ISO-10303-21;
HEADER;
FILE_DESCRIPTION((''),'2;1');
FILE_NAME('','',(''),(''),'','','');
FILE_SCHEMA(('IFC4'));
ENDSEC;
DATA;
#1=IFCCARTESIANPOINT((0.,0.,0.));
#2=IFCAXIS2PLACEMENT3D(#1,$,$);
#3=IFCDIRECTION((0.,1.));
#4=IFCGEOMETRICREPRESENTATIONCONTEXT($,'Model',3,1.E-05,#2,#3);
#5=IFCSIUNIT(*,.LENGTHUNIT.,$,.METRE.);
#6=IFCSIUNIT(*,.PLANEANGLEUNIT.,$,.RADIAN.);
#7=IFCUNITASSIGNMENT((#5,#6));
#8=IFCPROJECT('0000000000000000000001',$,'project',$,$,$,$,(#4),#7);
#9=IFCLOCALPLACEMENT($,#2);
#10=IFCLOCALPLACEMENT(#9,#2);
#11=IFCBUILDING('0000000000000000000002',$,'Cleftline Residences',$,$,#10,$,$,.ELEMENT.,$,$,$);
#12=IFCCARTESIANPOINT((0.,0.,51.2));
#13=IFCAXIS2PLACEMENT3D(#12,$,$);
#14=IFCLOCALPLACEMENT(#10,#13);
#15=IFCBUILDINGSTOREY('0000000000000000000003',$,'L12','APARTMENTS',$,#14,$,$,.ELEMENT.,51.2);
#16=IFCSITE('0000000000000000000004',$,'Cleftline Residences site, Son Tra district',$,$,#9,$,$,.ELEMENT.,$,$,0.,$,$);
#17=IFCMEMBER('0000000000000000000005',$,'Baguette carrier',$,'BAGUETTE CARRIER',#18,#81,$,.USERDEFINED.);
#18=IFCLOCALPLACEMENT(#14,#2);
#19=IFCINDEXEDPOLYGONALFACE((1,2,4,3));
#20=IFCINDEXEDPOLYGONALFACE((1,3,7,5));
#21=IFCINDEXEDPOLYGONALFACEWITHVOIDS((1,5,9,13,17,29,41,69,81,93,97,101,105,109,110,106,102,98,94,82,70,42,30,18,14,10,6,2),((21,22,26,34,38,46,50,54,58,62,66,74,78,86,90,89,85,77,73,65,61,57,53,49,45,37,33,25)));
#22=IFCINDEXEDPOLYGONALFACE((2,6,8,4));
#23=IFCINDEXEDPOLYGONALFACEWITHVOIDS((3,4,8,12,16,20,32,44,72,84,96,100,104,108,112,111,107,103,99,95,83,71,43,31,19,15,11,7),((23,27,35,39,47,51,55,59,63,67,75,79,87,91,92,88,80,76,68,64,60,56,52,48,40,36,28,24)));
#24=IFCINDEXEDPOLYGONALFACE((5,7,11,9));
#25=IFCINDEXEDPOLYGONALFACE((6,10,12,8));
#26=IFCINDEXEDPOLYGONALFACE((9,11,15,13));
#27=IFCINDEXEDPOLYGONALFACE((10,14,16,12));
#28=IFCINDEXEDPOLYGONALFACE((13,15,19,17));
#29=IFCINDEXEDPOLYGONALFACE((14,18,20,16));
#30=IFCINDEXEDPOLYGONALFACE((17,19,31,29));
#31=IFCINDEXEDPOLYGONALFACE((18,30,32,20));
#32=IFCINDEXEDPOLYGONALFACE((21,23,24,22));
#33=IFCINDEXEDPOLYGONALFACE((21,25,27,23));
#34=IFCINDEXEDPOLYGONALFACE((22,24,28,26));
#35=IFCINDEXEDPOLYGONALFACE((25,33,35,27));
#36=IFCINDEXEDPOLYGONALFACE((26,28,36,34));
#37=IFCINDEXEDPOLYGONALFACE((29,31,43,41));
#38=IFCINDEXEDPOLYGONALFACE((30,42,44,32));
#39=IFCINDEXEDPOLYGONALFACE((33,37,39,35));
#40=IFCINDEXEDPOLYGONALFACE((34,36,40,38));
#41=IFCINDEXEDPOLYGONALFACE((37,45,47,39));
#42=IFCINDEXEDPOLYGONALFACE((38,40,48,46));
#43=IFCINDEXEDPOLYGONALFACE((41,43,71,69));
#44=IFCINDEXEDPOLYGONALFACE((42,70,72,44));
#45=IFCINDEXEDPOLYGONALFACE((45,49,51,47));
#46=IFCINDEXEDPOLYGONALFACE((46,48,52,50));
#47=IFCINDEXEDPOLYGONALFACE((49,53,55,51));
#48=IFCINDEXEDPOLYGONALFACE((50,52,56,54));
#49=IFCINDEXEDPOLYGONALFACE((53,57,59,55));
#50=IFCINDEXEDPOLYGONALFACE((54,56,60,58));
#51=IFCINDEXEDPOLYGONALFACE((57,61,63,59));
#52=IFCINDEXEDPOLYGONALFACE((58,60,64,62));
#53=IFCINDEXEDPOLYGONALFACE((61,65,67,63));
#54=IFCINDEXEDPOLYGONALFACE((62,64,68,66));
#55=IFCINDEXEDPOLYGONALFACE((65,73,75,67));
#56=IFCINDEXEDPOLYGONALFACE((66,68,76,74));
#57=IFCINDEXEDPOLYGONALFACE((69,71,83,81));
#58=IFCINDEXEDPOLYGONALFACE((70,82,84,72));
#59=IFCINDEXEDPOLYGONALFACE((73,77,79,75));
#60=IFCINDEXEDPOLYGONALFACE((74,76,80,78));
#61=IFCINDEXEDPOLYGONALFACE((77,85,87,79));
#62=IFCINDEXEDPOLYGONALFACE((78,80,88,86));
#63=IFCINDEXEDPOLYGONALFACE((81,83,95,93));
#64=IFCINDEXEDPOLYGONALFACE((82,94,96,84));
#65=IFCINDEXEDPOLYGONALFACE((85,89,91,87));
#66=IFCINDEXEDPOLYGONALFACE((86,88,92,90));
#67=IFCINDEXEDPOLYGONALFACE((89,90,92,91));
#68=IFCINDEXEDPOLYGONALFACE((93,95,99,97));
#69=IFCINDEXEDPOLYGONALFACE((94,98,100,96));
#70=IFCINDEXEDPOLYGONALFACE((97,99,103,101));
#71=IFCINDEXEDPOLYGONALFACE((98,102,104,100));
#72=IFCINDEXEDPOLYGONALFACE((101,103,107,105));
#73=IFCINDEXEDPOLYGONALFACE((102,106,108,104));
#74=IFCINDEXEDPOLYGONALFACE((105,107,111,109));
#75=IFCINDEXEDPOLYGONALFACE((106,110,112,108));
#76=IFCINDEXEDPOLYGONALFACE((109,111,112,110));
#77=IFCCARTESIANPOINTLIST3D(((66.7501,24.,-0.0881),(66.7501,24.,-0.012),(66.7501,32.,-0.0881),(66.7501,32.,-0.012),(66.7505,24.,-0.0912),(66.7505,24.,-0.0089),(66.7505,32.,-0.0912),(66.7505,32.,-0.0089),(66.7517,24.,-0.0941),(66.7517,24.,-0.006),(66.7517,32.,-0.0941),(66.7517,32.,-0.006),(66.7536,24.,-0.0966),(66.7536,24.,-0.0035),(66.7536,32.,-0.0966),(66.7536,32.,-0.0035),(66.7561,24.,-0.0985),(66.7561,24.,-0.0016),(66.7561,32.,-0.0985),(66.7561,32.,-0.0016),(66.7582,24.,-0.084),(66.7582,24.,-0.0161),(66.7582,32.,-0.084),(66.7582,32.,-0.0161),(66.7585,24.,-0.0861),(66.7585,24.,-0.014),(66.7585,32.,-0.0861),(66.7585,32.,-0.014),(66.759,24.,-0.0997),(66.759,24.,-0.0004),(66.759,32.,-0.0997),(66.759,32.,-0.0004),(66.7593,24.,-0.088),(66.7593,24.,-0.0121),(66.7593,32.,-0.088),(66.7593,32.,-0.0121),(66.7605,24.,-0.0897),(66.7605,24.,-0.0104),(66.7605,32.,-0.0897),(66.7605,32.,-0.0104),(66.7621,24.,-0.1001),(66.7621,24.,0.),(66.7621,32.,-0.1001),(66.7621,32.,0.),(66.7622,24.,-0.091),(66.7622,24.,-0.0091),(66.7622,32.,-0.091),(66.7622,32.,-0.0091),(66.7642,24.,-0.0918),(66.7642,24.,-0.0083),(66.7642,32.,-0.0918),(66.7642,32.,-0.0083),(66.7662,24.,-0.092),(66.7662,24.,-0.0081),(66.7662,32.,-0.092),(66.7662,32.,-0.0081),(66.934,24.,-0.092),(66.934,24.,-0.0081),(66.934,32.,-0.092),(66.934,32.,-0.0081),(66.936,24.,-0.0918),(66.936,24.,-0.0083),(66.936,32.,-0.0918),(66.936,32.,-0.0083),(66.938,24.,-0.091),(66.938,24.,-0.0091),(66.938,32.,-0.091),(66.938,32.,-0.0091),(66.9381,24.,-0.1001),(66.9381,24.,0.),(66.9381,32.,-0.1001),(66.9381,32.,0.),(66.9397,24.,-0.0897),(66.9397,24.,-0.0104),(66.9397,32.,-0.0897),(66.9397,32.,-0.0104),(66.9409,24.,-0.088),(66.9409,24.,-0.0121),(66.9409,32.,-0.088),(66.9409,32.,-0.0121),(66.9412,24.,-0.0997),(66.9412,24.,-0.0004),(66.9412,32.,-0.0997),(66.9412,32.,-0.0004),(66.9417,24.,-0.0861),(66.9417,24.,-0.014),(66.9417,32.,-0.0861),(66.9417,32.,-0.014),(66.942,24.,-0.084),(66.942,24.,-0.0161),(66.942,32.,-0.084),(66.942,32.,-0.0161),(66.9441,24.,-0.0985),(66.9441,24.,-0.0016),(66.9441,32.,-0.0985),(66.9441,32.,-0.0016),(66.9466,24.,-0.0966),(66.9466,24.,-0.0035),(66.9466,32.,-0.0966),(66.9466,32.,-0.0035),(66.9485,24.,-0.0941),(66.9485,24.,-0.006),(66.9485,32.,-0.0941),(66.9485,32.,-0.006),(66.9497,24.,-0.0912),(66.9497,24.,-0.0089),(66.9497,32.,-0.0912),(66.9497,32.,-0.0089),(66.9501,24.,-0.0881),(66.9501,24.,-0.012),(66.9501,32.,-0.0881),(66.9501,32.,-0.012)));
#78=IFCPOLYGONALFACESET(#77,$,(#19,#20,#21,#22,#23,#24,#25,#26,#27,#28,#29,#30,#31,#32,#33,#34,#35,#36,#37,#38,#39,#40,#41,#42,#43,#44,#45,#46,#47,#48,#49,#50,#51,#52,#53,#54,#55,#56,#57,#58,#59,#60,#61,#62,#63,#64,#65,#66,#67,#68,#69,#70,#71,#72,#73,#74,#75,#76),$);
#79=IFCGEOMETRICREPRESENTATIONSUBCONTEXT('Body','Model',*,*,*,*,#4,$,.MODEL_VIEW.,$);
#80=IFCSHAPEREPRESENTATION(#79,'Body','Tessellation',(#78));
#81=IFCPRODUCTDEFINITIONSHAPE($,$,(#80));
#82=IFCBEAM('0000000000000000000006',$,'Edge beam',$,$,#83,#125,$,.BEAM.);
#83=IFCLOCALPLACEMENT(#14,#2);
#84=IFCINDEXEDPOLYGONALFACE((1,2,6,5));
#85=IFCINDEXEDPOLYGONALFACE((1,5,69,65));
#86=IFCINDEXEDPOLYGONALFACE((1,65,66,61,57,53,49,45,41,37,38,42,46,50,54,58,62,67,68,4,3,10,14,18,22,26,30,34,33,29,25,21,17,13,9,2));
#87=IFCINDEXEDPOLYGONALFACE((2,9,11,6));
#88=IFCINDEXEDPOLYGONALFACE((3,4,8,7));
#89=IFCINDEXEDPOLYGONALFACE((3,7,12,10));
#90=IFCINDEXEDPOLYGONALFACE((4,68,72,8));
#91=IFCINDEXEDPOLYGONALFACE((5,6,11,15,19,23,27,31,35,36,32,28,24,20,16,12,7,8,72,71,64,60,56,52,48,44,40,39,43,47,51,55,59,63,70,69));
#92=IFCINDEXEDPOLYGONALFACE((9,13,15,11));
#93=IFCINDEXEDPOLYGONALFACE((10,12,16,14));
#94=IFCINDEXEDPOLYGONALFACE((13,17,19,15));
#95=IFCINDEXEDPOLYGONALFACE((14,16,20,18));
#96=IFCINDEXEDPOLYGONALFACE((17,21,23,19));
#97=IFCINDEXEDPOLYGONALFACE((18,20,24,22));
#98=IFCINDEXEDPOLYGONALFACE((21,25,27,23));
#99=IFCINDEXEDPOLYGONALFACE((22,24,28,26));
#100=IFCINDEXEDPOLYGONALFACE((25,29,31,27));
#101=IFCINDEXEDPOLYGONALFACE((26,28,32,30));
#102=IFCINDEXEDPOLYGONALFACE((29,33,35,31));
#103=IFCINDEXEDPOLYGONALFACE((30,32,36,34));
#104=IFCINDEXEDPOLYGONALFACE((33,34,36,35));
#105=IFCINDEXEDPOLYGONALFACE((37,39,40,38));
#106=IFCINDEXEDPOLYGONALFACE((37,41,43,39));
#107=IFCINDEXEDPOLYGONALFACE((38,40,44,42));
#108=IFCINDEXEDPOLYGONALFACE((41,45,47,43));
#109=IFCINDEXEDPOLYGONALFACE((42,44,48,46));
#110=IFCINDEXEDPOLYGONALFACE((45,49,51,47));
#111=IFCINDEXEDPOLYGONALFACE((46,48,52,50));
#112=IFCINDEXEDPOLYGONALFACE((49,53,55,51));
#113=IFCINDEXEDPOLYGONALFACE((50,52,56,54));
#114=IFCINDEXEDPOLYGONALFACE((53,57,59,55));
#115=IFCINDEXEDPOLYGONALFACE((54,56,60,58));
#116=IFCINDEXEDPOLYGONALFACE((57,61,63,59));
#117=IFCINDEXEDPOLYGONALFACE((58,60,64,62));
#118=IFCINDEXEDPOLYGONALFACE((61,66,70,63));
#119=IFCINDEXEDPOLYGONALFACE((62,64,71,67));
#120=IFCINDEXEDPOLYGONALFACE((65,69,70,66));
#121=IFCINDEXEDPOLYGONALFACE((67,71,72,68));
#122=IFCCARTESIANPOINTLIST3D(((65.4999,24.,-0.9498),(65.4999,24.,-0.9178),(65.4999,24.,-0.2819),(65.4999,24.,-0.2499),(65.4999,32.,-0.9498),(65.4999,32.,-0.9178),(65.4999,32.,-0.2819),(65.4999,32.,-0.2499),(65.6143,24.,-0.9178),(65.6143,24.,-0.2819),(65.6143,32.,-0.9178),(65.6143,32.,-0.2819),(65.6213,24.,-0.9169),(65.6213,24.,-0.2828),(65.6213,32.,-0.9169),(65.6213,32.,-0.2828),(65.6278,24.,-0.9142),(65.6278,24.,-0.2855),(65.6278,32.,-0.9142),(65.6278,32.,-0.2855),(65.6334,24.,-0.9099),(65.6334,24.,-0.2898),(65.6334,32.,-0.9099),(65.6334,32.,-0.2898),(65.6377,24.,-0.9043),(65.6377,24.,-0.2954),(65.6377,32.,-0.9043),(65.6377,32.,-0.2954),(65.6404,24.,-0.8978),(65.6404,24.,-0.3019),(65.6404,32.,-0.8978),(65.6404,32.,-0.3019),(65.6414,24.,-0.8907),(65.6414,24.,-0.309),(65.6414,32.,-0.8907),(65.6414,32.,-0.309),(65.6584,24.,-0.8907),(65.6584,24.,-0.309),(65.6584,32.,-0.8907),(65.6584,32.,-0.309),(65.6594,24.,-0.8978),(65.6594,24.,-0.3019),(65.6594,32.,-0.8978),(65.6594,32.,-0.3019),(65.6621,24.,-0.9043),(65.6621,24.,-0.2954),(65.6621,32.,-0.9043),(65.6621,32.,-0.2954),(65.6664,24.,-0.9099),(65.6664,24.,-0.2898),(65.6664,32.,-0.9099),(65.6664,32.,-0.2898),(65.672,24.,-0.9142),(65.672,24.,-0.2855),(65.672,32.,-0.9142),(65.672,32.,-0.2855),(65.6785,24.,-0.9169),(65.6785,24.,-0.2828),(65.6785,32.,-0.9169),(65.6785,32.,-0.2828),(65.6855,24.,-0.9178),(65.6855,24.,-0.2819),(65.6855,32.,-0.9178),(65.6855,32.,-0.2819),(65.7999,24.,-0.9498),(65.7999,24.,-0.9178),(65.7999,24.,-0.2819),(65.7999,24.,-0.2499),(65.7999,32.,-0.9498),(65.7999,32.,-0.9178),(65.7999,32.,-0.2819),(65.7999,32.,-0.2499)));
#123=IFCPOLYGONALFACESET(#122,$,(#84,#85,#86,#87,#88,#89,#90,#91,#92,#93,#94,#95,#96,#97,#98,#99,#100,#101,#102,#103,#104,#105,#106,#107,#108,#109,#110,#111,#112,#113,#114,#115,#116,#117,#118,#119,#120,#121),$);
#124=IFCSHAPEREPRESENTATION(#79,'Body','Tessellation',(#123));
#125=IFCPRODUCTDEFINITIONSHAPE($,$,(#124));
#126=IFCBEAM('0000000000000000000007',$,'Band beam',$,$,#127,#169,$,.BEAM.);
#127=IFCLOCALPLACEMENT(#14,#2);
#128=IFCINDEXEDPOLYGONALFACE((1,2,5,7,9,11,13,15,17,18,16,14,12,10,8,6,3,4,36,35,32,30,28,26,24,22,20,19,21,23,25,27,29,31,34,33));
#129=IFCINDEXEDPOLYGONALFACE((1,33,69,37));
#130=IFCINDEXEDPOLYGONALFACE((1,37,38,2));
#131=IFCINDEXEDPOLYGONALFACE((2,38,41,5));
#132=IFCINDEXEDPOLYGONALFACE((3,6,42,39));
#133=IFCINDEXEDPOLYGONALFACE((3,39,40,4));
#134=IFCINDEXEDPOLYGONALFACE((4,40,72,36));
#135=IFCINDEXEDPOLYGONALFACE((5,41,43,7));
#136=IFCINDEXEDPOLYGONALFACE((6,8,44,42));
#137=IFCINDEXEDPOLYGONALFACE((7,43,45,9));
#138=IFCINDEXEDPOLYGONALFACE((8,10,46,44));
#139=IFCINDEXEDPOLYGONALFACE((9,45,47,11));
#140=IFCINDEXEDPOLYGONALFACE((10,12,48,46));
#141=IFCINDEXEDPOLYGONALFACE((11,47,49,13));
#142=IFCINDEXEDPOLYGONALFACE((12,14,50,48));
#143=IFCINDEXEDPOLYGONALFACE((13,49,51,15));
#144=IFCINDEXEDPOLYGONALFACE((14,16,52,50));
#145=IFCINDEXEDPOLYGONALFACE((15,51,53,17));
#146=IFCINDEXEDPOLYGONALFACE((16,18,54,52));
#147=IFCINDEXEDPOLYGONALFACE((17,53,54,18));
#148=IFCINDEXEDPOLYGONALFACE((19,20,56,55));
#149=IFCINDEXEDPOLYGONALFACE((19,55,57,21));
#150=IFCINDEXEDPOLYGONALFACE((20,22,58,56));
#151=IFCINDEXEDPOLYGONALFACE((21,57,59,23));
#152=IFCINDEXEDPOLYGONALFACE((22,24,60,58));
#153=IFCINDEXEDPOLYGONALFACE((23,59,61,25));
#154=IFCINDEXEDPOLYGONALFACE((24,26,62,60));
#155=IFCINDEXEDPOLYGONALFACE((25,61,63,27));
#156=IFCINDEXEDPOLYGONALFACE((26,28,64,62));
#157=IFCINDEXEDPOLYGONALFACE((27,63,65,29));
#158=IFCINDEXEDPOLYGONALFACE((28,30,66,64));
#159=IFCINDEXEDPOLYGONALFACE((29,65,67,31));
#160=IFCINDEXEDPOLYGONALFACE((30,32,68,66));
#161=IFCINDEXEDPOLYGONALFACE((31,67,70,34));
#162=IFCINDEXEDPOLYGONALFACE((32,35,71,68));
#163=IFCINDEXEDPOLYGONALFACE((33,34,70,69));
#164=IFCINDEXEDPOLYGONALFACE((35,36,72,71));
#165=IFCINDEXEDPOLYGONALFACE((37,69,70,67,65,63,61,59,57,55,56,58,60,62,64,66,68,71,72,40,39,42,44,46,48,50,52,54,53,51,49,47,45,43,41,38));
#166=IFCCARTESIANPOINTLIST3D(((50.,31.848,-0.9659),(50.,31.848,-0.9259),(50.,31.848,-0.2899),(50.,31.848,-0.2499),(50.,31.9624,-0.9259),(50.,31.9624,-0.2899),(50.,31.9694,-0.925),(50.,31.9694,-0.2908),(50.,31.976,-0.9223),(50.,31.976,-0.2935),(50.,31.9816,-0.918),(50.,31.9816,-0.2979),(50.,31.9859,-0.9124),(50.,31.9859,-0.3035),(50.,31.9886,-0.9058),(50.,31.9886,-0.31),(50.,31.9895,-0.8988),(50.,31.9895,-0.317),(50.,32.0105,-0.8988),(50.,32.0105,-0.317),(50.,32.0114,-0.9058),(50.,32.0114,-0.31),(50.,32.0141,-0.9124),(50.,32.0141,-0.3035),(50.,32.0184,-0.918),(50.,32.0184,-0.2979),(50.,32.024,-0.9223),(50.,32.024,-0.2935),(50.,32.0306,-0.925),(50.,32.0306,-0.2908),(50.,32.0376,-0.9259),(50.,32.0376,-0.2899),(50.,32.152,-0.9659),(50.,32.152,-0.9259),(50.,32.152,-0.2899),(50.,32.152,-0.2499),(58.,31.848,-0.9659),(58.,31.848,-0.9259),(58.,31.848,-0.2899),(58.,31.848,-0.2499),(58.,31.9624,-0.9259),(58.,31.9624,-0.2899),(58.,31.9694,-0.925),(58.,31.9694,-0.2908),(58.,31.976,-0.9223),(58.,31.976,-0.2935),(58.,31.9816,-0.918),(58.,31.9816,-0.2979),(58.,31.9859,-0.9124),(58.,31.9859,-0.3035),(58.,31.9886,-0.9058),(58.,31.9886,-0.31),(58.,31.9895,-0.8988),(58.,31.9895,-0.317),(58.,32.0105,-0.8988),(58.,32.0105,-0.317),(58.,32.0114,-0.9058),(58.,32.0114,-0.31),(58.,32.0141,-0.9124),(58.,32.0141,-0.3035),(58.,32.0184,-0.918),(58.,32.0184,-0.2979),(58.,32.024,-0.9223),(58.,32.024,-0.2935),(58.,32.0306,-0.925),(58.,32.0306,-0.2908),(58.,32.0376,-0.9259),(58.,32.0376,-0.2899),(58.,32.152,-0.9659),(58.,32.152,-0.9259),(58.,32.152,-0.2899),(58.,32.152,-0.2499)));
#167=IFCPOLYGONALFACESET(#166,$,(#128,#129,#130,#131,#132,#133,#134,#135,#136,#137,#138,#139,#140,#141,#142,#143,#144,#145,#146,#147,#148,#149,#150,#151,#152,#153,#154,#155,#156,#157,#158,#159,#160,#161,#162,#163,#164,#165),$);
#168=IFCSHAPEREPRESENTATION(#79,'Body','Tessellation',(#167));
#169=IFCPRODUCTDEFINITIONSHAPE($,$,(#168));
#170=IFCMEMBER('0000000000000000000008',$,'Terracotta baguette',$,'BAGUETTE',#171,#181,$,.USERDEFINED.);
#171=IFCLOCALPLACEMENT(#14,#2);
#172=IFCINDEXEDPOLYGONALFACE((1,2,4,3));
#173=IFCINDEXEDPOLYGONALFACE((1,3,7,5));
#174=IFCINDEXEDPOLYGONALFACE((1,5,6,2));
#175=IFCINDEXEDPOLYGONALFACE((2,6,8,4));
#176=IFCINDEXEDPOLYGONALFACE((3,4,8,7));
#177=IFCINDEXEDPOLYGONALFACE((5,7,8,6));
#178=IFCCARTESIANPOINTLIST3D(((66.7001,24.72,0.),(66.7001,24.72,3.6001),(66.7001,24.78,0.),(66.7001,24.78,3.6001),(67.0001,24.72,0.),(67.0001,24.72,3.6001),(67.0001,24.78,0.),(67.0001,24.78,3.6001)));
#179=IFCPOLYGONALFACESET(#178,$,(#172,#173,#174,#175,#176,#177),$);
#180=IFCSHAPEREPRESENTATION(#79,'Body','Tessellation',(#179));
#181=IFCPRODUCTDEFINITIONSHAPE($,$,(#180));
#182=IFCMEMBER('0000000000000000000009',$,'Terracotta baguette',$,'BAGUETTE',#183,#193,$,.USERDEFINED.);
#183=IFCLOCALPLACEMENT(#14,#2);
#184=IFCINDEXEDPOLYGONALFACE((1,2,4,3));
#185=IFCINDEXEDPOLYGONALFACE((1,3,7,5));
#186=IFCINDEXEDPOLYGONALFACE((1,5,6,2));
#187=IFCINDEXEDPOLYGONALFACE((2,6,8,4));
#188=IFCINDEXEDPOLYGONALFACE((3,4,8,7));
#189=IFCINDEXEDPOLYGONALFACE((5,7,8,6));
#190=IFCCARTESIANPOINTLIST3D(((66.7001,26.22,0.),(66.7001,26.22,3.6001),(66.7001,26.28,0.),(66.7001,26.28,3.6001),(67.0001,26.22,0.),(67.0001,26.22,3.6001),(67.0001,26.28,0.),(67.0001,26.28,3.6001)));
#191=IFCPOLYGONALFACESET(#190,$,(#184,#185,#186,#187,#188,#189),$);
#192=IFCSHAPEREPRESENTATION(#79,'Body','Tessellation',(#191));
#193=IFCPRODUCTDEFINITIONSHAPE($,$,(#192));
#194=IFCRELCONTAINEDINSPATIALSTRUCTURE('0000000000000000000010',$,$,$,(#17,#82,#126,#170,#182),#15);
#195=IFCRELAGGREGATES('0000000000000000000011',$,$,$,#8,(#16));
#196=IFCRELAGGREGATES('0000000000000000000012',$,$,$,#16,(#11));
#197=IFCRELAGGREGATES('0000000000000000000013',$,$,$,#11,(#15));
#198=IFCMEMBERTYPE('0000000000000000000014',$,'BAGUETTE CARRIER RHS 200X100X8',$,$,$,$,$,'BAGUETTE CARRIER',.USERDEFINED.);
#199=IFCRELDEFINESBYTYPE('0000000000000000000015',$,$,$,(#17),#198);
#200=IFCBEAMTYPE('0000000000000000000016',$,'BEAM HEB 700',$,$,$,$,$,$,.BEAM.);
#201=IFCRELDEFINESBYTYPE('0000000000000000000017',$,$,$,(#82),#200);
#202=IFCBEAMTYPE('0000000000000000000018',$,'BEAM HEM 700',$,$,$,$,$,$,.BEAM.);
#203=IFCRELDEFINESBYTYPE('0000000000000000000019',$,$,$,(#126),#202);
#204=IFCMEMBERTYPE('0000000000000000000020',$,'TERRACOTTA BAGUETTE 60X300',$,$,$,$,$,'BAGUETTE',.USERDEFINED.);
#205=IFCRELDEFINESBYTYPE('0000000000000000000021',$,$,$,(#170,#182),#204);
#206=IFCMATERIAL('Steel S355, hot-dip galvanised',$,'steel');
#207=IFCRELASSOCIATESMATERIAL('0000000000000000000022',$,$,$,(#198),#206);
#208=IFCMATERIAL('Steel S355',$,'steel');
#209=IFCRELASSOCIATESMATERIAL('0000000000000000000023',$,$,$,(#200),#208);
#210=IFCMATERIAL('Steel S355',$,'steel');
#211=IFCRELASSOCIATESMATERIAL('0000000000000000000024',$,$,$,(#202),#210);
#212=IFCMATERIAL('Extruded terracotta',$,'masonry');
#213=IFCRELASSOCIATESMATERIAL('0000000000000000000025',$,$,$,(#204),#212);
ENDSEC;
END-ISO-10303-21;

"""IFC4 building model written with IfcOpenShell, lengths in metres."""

from ifc_helpers import new_model, si_unit, direction, frame, origin, origin_2d, place, context, subcontext, project, spatial, rectangle, hollow_rectangle, i_section, extrude, material, material_profile, profile_set, type_object, element, save


model = new_model("IFC4")

# Units and contexts
model_context = context("Model", 3, precision=1e-05, world=origin(), true_north=direction((0.0, 1.0)))
body_context = subcontext(model_context, "Body", "Model", "MODEL_VIEW")
ifc_project = project(units=[si_unit("LENGTHUNIT", "METRE"), si_unit("PLANEANGLEUNIT", "RADIAN")], contexts=[model_context])

# Site, building, storey
site_placement = place(None, origin())
site = spatial("IfcSite", under=ifc_project, at=site_placement, Name="Cleftline Residences site, Son Tra district", CompositionType="ELEMENT", RefElevation=0.0)
building_placement = place(site_placement, origin())
building = spatial("IfcBuilding", under=site, at=building_placement, Name="Cleftline Residences", CompositionType="ELEMENT")
storey_placement = place(building_placement, frame((0.0, 0.0, 51.2)))
storey = spatial("IfcBuildingStorey", under=building, at=storey_placement, Name="L12", Description="APARTMENTS", CompositionType="ELEMENT", Elevation=51.2)

# Member
ifc_material_1 = material(Name="Steel S355, hot-dip galvanised", Category="steel")
ifc_material_profile_1 = material_profile(ifc_material_1, hollow_rectangle(XDim=0.1001, YDim=0.2, WallThickness=0.0081, InnerFilletRadius=0.0081, OuterFilletRadius=0.012, at=origin_2d()))
ifc_profile_set_1 = profile_set([ifc_material_profile_1], Name="Steel S355, hot-dip galvanised")
member_type_1 = type_object("IfcMemberType", Name="BAGUETTE CARRIER RHS 200X100X8", ElementType="BAGUETTE CARRIER", PredefinedType="USERDEFINED", material=ifc_profile_set_1)
member_1_placement = place(storey_placement, frame((66.8501, 24.0, -0.05), z_axis=(0.0, 1.0, 0.0), x_axis=(0.0, 0.0, 1.0)))
element("IfcMember", 1, at=member_1_placement, inside=storey, type_object=member_type_1, Name="Baguette carrier", ObjectType="BAGUETTE CARRIER", PredefinedType="USERDEFINED", context=body_context, shape_type="SweptSolid", body=[
    extrude(hollow_rectangle(XDim=0.1001, YDim=0.2, WallThickness=0.0081, InnerFilletRadius=0.0081, OuterFilletRadius=0.012, at=origin_2d()), origin(), (0.0, 0.0, 1.0), 8.0),
])

# Beams
ifc_material_2 = material(Name="Steel S355", Category="steel")
ifc_material_profile_2 = material_profile(ifc_material_2, i_section(OverallWidth=0.3, OverallDepth=0.7, WebThickness=0.0171, FlangeThickness=0.032, FilletRadius=0.0271, at=origin_2d()))
ifc_profile_set_2 = profile_set([ifc_material_profile_2], Name="Steel S355")
beam_type_1 = type_object("IfcBeamType", Name="BEAM HEB 700", PredefinedType="BEAM", material=ifc_profile_set_2)
beam_1_placement = place(storey_placement, frame((65.6499, 24.0, -0.5999), z_axis=(0.0, 1.0, 0.0), x_axis=(-1.0, 0.0, 0.0)))
element("IfcBeam", 2, at=beam_1_placement, inside=storey, type_object=beam_type_1, Name="Edge beam", PredefinedType="BEAM", context=body_context, shape_type="SweptSolid", body=[
    extrude(i_section(OverallWidth=0.3, OverallDepth=0.7, WebThickness=0.0171, FlangeThickness=0.032, FilletRadius=0.0271, at=origin_2d()), origin(), (0.0, 0.0, 1.0), 8.0),
])
ifc_material_3 = material(Name="Steel S355", Category="steel")
ifc_material_profile_3 = material_profile(ifc_material_3, i_section(OverallWidth=0.304, OverallDepth=0.7161, WebThickness=0.021, FlangeThickness=0.04, FilletRadius=0.0271, at=origin_2d()))
ifc_profile_set_3 = profile_set([ifc_material_profile_3], Name="Steel S355")
beam_type_2 = type_object("IfcBeamType", Name="BEAM HEM 700", PredefinedType="BEAM", material=ifc_profile_set_3)
beam_2_placement = place(storey_placement, frame((58.0, 32.0, -0.6079), z_axis=(-1.0, 0.0, 0.0), x_axis=(0.0, -1.0, 0.0)))
element("IfcBeam", 3, at=beam_2_placement, inside=storey, type_object=beam_type_2, Name="Band beam", PredefinedType="BEAM", context=body_context, shape_type="SweptSolid", body=[
    extrude(i_section(OverallWidth=0.304, OverallDepth=0.7161, WebThickness=0.021, FlangeThickness=0.04, FilletRadius=0.0271, at=origin_2d()), origin(), (0.0, 0.0, 1.0), 8.0),
])

# Members
ifc_material_4 = material(Name="Extruded terracotta", Category="masonry")
ifc_material_profile_4 = material_profile(ifc_material_4, rectangle(XDim=0.0601, YDim=0.3, at=origin_2d()))
ifc_profile_set_4 = profile_set([ifc_material_profile_4], Name="Extruded terracotta")
member_type_2 = type_object("IfcMemberType", Name="TERRACOTTA BAGUETTE 60X300", ElementType="BAGUETTE", PredefinedType="USERDEFINED", material=ifc_profile_set_4)
for number, where, z_axis, x_axis, name in (
    (4, (66.8501, 24.75, 0.0), (0.0, 0.0, 1.0), (0.0, 1.0, 0.0), "Terracotta baguette"),
    (5, (66.8501, 26.25, 0.0), (0.0, 0.0, 1.0), (0.0, 1.0, 0.0), "Terracotta baguette"),
):
    element("IfcMember", number, at=place(storey_placement, frame(where, z_axis=z_axis, x_axis=x_axis)), inside=storey, type_object=member_type_2, Name=name, ObjectType="BAGUETTE", PredefinedType="USERDEFINED", context=body_context, shape_type="SweptSolid", body=[
        extrude(rectangle(XDim=0.0601, YDim=0.3, at=origin_2d()), origin(), (0.0, 0.0, 1.0), 3.6001),
    ])

save(model, "model.ifc")
